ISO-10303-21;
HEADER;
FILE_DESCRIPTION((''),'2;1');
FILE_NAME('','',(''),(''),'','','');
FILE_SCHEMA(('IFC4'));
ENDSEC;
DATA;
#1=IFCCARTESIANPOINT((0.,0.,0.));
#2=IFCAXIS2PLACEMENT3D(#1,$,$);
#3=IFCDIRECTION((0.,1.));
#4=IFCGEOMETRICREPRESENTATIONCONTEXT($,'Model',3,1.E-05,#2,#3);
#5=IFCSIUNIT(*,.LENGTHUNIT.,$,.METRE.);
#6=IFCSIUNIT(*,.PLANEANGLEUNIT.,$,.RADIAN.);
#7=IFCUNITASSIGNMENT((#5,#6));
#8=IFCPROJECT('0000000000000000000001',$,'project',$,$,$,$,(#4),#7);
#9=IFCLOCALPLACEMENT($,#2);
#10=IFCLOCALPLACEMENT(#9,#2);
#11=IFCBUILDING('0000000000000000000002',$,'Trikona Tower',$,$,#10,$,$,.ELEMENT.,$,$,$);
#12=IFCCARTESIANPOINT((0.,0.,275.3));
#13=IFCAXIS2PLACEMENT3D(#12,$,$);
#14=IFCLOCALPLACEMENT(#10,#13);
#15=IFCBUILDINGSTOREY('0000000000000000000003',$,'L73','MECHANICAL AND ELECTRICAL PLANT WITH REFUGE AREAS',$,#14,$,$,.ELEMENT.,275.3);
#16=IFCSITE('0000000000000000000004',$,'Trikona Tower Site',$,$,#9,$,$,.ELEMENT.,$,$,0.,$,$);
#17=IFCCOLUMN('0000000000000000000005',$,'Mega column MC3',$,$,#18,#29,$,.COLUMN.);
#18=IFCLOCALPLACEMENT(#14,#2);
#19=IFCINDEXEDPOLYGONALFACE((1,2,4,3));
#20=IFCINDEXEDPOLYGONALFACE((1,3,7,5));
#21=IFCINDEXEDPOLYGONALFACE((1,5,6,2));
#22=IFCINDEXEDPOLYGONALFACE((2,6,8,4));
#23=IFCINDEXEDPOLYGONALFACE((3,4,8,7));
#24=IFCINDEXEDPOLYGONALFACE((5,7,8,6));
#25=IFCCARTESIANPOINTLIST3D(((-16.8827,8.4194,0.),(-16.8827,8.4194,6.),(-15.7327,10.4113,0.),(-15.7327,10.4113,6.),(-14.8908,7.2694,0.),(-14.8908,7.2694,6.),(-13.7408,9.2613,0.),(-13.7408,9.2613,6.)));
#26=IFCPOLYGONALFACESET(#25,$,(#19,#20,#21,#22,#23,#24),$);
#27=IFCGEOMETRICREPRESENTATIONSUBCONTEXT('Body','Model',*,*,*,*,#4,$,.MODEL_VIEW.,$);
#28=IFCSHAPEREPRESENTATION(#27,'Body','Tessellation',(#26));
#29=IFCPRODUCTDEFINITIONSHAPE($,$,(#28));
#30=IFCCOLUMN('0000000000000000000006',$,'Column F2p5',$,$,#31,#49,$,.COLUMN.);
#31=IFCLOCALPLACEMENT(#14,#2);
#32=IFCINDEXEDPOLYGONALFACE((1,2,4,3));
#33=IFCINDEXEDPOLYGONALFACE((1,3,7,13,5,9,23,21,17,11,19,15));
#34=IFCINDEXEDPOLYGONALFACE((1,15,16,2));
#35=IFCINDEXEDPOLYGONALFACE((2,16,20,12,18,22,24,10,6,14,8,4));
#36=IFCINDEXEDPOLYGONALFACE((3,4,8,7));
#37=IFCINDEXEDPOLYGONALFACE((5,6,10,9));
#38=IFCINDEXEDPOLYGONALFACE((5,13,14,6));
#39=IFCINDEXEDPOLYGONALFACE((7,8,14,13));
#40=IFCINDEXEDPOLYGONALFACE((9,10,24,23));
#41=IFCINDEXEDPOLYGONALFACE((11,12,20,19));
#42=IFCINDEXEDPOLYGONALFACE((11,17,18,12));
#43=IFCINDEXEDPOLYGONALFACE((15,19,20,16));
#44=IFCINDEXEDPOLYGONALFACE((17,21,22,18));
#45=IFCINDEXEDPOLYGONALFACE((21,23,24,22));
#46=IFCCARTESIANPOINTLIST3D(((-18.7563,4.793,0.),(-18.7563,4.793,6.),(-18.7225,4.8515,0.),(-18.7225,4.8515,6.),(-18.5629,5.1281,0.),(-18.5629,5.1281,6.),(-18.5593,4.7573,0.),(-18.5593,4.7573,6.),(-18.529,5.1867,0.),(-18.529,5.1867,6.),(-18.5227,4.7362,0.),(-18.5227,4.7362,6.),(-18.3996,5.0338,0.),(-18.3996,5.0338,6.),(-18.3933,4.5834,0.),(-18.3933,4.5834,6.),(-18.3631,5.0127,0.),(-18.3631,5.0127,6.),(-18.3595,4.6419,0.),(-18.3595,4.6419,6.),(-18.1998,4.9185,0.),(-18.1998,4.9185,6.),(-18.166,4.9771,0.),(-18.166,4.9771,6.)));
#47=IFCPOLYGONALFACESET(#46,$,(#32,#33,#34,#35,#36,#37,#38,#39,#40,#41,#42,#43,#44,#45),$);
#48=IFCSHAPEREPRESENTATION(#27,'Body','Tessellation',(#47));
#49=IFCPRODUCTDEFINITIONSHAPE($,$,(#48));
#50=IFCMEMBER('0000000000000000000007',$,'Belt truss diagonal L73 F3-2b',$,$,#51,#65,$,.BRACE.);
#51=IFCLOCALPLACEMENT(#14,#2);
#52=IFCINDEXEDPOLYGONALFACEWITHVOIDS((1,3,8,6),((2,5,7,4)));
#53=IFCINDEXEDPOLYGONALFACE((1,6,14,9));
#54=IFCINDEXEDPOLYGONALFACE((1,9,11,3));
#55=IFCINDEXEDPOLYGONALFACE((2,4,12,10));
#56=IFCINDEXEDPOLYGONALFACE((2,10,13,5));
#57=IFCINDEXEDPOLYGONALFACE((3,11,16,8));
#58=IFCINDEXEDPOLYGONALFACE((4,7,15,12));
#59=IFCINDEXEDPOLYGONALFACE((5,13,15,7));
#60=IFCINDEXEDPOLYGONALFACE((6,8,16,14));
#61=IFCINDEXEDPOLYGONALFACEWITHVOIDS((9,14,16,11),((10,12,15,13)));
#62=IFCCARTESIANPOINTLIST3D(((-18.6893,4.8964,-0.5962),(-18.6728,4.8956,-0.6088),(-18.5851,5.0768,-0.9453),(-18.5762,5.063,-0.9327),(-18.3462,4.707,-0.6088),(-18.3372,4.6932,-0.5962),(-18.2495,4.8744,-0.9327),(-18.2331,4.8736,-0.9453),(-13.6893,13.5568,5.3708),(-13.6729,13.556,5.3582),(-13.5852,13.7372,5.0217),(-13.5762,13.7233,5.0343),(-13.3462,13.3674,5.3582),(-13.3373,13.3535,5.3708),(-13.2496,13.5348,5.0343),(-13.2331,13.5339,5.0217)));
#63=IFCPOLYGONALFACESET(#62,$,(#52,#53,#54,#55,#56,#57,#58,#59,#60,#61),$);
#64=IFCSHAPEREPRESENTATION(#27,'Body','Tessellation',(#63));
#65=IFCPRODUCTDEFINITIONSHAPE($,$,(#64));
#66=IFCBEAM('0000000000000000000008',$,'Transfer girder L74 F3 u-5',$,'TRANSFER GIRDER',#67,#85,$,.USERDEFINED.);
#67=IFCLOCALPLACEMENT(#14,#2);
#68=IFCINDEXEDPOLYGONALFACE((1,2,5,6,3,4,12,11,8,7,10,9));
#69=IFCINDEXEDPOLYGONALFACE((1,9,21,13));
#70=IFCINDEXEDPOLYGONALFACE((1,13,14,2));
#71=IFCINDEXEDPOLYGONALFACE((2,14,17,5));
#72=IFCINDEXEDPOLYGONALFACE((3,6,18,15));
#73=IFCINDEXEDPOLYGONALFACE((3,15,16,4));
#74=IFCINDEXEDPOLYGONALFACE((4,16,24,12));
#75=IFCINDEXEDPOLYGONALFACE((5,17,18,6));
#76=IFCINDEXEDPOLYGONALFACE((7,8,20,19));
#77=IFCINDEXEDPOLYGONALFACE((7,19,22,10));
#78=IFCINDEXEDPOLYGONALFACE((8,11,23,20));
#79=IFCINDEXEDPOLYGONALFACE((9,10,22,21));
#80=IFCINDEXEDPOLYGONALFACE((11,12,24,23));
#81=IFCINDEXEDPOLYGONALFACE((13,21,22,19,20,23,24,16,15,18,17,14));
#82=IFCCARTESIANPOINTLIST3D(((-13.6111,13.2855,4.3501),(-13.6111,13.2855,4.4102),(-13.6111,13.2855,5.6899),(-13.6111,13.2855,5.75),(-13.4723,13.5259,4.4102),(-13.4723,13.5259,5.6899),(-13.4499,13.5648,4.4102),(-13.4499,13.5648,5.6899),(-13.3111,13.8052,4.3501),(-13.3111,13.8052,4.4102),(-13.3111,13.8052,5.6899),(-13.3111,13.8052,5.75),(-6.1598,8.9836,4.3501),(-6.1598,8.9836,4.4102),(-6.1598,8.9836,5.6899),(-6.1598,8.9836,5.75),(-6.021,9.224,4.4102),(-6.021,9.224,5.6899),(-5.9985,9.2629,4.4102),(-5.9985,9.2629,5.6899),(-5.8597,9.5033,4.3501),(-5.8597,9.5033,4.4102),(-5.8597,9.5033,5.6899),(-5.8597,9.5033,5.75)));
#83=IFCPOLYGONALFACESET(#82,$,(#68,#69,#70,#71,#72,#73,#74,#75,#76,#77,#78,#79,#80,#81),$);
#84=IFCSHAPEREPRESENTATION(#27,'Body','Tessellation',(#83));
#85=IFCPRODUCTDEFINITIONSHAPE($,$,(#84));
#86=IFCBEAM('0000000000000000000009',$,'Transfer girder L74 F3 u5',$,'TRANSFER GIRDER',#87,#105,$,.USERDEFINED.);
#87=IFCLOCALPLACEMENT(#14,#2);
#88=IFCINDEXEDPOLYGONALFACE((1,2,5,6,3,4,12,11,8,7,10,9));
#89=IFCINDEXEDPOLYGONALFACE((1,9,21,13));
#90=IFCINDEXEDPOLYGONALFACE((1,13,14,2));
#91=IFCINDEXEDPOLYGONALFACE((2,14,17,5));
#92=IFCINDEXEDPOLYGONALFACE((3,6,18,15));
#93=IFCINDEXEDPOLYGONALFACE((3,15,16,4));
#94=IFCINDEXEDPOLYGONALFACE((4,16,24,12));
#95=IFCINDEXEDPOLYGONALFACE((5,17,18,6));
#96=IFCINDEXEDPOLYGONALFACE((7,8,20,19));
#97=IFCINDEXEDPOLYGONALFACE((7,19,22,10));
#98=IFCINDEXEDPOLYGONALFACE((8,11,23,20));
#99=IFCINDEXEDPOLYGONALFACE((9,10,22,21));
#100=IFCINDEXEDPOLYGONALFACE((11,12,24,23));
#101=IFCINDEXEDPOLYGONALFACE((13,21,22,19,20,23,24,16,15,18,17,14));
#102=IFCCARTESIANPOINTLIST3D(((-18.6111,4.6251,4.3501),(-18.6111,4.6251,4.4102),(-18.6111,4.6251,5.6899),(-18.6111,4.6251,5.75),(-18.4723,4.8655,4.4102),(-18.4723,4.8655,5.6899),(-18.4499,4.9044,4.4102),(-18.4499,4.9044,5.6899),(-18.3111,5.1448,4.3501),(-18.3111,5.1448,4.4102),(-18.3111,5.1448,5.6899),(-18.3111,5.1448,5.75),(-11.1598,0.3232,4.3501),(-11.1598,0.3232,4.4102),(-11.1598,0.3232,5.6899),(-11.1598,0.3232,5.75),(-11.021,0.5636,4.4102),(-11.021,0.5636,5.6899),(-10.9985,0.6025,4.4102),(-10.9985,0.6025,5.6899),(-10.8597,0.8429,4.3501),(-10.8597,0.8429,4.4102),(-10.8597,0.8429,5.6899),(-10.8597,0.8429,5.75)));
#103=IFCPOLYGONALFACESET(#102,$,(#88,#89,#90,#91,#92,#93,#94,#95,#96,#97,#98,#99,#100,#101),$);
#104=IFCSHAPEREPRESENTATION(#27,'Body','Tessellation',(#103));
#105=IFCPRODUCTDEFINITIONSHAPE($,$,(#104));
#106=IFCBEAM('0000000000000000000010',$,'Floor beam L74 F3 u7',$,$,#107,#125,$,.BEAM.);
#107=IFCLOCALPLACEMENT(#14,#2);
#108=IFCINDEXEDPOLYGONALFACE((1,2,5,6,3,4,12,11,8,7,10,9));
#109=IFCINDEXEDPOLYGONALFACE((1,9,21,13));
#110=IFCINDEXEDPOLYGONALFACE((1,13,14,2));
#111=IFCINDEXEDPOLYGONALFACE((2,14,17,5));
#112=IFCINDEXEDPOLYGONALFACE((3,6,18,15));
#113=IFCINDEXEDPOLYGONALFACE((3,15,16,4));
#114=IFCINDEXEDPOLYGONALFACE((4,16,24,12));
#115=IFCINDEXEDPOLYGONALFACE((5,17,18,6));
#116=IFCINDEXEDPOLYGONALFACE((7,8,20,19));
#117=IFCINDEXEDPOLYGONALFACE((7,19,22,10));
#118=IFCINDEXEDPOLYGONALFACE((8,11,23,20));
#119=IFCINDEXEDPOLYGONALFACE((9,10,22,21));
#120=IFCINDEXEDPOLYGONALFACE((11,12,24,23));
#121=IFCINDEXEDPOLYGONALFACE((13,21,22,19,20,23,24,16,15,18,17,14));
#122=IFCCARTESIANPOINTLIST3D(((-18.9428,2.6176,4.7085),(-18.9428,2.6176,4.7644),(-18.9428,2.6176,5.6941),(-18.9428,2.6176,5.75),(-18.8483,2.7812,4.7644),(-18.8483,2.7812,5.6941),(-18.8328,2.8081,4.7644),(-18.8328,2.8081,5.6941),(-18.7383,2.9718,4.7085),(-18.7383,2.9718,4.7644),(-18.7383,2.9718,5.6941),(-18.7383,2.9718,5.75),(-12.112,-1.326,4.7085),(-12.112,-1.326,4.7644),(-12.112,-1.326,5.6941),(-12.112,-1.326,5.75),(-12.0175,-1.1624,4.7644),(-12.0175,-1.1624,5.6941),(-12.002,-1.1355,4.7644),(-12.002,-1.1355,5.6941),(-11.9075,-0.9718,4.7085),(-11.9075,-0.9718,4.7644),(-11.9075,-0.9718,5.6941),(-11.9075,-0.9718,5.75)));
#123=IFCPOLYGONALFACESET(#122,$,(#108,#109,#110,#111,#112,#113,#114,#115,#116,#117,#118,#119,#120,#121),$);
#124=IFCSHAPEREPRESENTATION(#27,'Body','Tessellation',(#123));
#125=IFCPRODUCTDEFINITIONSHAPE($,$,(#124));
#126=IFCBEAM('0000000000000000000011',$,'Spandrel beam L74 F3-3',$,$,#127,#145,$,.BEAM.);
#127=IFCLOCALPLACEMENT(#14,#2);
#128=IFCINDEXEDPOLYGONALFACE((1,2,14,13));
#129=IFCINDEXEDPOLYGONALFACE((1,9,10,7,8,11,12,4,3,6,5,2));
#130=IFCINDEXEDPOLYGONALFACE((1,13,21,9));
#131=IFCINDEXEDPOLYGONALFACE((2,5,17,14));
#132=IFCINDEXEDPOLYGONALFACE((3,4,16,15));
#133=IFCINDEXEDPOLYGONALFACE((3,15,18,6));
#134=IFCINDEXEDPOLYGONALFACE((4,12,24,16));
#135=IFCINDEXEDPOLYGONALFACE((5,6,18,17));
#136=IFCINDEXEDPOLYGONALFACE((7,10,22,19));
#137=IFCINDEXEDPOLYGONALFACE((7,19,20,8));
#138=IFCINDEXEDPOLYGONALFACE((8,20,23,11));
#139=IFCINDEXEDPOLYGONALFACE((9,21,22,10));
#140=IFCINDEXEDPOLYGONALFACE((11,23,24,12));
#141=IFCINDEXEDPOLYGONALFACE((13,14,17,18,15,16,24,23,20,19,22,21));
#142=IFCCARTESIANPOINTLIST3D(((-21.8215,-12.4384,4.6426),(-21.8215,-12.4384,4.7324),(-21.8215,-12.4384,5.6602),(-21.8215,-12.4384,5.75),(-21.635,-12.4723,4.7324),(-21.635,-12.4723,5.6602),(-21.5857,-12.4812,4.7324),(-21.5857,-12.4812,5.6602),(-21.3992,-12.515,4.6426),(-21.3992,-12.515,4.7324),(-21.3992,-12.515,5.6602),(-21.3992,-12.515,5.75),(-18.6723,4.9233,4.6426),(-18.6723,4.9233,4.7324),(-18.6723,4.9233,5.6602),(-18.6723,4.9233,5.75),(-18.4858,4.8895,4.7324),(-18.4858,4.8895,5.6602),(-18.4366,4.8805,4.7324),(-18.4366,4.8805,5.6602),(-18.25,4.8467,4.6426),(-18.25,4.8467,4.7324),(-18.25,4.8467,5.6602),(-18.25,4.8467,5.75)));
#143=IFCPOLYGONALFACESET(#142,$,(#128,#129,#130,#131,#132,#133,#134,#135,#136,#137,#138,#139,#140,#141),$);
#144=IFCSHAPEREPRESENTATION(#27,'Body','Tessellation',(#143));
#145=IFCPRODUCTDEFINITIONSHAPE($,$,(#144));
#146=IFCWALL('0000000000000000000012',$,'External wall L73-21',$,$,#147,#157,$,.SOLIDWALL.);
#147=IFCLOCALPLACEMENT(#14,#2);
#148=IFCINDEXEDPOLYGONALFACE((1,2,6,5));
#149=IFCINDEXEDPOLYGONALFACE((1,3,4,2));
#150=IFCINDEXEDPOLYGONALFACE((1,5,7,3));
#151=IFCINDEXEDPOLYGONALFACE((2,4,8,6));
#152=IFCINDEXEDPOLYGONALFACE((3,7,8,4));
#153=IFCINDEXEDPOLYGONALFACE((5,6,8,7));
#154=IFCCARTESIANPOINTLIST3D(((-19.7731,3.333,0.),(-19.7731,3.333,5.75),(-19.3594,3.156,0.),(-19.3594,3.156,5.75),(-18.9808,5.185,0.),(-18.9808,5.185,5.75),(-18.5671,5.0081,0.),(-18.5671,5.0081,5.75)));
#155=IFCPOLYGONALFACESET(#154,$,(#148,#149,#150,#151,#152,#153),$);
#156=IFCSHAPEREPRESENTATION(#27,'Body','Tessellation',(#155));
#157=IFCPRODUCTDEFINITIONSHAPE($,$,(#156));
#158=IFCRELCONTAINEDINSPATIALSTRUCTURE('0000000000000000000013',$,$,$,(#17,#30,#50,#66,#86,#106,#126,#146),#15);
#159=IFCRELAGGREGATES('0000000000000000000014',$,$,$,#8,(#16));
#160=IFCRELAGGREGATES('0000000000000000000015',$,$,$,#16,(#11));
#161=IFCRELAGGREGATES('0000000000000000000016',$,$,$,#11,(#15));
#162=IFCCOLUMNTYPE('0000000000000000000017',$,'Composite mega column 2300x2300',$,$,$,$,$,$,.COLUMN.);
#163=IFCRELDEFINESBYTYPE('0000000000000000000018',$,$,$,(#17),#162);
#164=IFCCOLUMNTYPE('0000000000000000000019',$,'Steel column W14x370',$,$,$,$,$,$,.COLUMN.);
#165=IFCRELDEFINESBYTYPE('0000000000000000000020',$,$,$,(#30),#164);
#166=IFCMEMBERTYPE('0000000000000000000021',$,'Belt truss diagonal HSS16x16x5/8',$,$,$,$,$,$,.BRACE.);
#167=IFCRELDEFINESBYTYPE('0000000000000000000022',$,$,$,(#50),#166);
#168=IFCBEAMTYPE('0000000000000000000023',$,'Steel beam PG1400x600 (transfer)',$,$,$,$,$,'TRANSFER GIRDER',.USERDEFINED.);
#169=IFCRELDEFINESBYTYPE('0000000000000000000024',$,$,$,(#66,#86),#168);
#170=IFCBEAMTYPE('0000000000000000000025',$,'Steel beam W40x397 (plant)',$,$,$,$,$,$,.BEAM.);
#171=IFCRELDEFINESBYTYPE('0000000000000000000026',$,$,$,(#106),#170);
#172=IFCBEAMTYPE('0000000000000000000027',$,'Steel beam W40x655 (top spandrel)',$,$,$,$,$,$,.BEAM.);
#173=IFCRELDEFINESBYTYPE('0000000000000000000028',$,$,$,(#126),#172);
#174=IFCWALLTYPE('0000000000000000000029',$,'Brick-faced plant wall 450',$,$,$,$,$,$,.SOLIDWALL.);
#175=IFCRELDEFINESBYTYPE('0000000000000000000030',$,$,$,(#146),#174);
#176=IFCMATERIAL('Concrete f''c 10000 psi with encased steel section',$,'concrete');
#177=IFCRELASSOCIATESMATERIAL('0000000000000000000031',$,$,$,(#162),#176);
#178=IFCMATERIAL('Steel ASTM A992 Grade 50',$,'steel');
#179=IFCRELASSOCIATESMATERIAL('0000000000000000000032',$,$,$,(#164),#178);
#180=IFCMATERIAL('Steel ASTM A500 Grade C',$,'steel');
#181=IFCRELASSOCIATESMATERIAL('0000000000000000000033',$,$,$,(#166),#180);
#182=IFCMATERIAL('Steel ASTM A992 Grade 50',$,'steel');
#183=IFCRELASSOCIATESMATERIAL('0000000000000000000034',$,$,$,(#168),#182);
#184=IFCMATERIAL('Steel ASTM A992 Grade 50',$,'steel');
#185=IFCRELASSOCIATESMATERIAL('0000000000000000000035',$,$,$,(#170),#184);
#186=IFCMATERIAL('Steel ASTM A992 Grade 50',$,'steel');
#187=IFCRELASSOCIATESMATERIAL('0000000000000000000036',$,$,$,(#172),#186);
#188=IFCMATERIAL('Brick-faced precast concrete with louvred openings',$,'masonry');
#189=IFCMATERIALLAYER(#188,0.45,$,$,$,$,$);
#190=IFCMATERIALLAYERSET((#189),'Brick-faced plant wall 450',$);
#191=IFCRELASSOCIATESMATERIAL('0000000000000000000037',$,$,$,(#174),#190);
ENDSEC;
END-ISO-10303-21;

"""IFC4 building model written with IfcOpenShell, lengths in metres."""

from ifc_helpers import new_model, si_unit, direction, frame, frame_2d, origin, origin_2d, place, context, subcontext, project, spatial, rectangle, hollow_rectangle, i_section, extrude, material, layer, layer_set, material_profile, profile_set, type_object, element, save


model = new_model("IFC4")

# Units and contexts
model_context = context("Model", 3, precision=1e-05, world=origin(), true_north=direction((0.0, 1.0)))
body_context = subcontext(model_context, "Body", "Model", "MODEL_VIEW")
ifc_project = project(units=[si_unit("LENGTHUNIT", "METRE"), si_unit("PLANEANGLEUNIT", "RADIAN")], contexts=[model_context])

# Site, building, storey
site_placement = place(None, origin())
site = spatial("IfcSite", under=ifc_project, at=site_placement, Name="Trikona Tower Site", CompositionType="ELEMENT", RefElevation=0.0)
building_placement = place(site_placement, origin())
building = spatial("IfcBuilding", under=site, at=building_placement, Name="Trikona Tower", CompositionType="ELEMENT")
storey_placement = place(building_placement, frame((0.0, 0.0, 275.3)))
storey = spatial("IfcBuildingStorey", under=building, at=storey_placement, Name="L73", Description="MECHANICAL AND ELECTRICAL PLANT WITH REFUGE AREAS", CompositionType="ELEMENT", Elevation=275.3)

# Columns
ifc_material_1 = material(Name="Concrete f'c 10000 psi with encased steel section", Category="concrete")
ifc_material_profile_1 = material_profile(ifc_material_1, rectangle(XDim=2.3, YDim=2.3, at=origin_2d()), Name="MC2300")
ifc_profile_set_1 = profile_set([ifc_material_profile_1], Name="Concrete f'c 10000 psi with encased steel section")
column_type_1 = type_object("IfcColumnType", Name="Composite mega column 2300x2300", PredefinedType="COLUMN", material=ifc_profile_set_1)
column_1_placement = place(storey_placement, frame((-15.3118, 8.8403, 0.0), z_axis=(0.0, 0.0, 1.0), x_axis=(-0.866025, 0.5, 0.0)))
element("IfcColumn", 1, at=column_1_placement, inside=storey, type_object=column_type_1, Name="Mega column MC3", PredefinedType="COLUMN", context=body_context, shape_type="SweptSolid", body=[
    extrude(rectangle(XDim=2.3, YDim=2.3, at=origin_2d()), origin(), (0.0, 0.0, 1.0), 6.0),
])
ifc_material_2 = material(Name="Steel ASTM A992 Grade 50", Category="steel")
ifc_material_profile_2 = material_profile(ifc_material_2, i_section(OverallWidth=0.4192, OverallDepth=0.4546, WebThickness=0.0422, FlangeThickness=0.0676, at=origin_2d()), Name="W14X370")
ifc_profile_set_2 = profile_set([ifc_material_profile_2], Name="Steel ASTM A992 Grade 50")
column_type_2 = type_object("IfcColumnType", Name="Steel column W14x370", PredefinedType="COLUMN", material=ifc_profile_set_2)
column_2_placement = place(storey_placement, frame((-18.4612, 4.885, 0.0), z_axis=(0.0, 0.0, 1.0), x_axis=(-0.866025, 0.5, 0.0)))
element("IfcColumn", 2, at=column_2_placement, inside=storey, type_object=column_type_2, Name="Column F2p5", PredefinedType="COLUMN", context=body_context, shape_type="SweptSolid", body=[
    extrude(i_section(OverallWidth=0.4192, OverallDepth=0.4546, WebThickness=0.0422, FlangeThickness=0.0676, at=origin_2d()), origin(), (0.0, 0.0, 1.0), 6.0),
])

# Member
ifc_material_3 = material(Name="Steel ASTM A500 Grade C", Category="steel")
ifc_material_profile_3 = material_profile(ifc_material_3, hollow_rectangle(XDim=0.4065, YDim=0.4065, WallThickness=0.0146, at=origin_2d()), Name="HSS16X16X5/8")
ifc_profile_set_3 = profile_set([ifc_material_profile_3], Name="Steel ASTM A500 Grade C")
member_type = type_object("IfcMemberType", Name="Belt truss diagonal HSS16x16x5/8", PredefinedType="BRACE", material=ifc_profile_set_3)
member_placement = place(storey_placement, frame((-18.4612, 4.885, -0.7708), z_axis=(0.429366, 0.743695, 0.512408), x_axis=(-0.866029, 0.499994, 0.0)))
element("IfcMember", 3, at=member_placement, inside=storey, type_object=member_type, Name="Belt truss diagonal L73 F3-2b", PredefinedType="BRACE", context=body_context, shape_type="SweptSolid", body=[
    extrude(hollow_rectangle(XDim=0.4065, YDim=0.4065, WallThickness=0.0146, at=origin_2d()), origin(), (0.0, 0.0, 1.0), 11.645),
])

# Beams
ifc_material_4 = material(Name="Steel ASTM A992 Grade 50", Category="steel")
ifc_material_profile_4 = material_profile(ifc_material_4, i_section(OverallWidth=0.6001, OverallDepth=1.3999, WebThickness=0.0449, FlangeThickness=0.0601, at=origin_2d()), Name="PG1400X600")
ifc_profile_set_4 = profile_set([ifc_material_profile_4], Name="Steel ASTM A992 Grade 50")
beam_type_1 = type_object("IfcBeamType", Name="Steel beam PG1400x600 (transfer)", ElementType="TRANSFER GIRDER", PredefinedType="USERDEFINED", material=ifc_profile_set_4)
for number, where, z_axis, x_axis, name in (
    (4, (-6.0098, 9.2434, 5.05), (-0.866029, 0.499993, 0.0), (-0.499993, -0.866029, 0.0), "Transfer girder L74 F3 u-5"),
    (5, (-11.0098, 0.583, 5.05), (-0.866029, 0.499993, 0.0), (-0.499993, -0.866029, 0.0), "Transfer girder L74 F3 u5"),
):
    element("IfcBeam", number, at=place(storey_placement, frame(where, z_axis=z_axis, x_axis=x_axis)), inside=storey, type_object=beam_type_1, Name=name, ObjectType="TRANSFER GIRDER", PredefinedType="USERDEFINED", context=body_context, shape_type="SweptSolid", body=[
        extrude(i_section(OverallWidth=0.6001, OverallDepth=1.3999, WebThickness=0.0449, FlangeThickness=0.0601, at=origin_2d()), origin(), (0.0, 0.0, 1.0), 8.604),
    ])
ifc_material_5 = material(Name="Steel ASTM A992 Grade 50", Category="steel")
ifc_material_profile_5 = material_profile(ifc_material_5, i_section(OverallWidth=0.4089, OverallDepth=1.0415, WebThickness=0.031, FlangeThickness=0.0559, at=origin_2d()), Name="W40X397")
ifc_profile_set_5 = profile_set([ifc_material_profile_5], Name="Steel ASTM A992 Grade 50")
beam_type_2 = type_object("IfcBeamType", Name="Steel beam W40x397 (plant)", PredefinedType="BEAM", material=ifc_profile_set_5)
beam_1_placement = place(storey_placement, frame((-12.0098, -1.1489, 5.2292), z_axis=(-0.866035, 0.499984, 0.0), x_axis=(-0.499984, -0.866035, 0.0)))
element("IfcBeam", 6, at=beam_1_placement, inside=storey, type_object=beam_type_2, Name="Floor beam L74 F3 u7", PredefinedType="BEAM", context=body_context, shape_type="SweptSolid", body=[
    extrude(i_section(OverallWidth=0.4089, OverallDepth=1.0415, WebThickness=0.031, FlangeThickness=0.0559, at=origin_2d()), origin(), (0.0, 0.0, 1.0), 7.8875),
])
ifc_material_6 = material(Name="Steel ASTM A992 Grade 50", Category="steel")
ifc_material_profile_6 = material_profile(ifc_material_6, i_section(OverallWidth=0.4292, OverallDepth=1.1074, WebThickness=0.05, FlangeThickness=0.0898, at=origin_2d()), Name="W40X655")
ifc_profile_set_6 = profile_set([ifc_material_profile_6], Name="Steel ASTM A992 Grade 50")
beam_type_3 = type_object("IfcBeamType", Name="Steel beam W40x655 (top spandrel)", PredefinedType="BEAM", material=ifc_profile_set_6)
beam_2_placement = place(storey_placement, frame((-18.4612, 4.885, 5.1963), z_axis=(-0.178473, -0.983945, 0.0), x_axis=(0.983945, -0.178473, 0.0)))
element("IfcBeam", 7, at=beam_2_placement, inside=storey, type_object=beam_type_3, Name="Spandrel beam L74 F3-3", PredefinedType="BEAM", context=body_context, shape_type="SweptSolid", body=[
    extrude(i_section(OverallWidth=0.4292, OverallDepth=1.1074, WebThickness=0.05, FlangeThickness=0.0898, at=origin_2d()), origin(), (0.0, 0.0, 1.0), 17.645),
])

# Wall
ifc_material_7 = material(Name="Brick-faced precast concrete with louvred openings", Category="masonry")
ifc_layer_1 = layer(ifc_material_7, 0.45)
ifc_layer_set_1 = layer_set([ifc_layer_1], Name="Brick-faced plant wall 450")
wall_type_1 = type_object("IfcWallType", Name="Brick-faced plant wall 450", PredefinedType="SOLIDWALL", material=ifc_layer_set_1)
wall_1_placement = place(storey_placement, frame((-18.7739, 5.0967, 0.0), z_axis=(0.0, 0.0, 1.0), x_axis=(-0.39329, -0.919414, 0.0)))
element("IfcWall", 8, at=wall_1_placement, inside=storey, type_object=wall_type_1, Name="External wall L73-21", PredefinedType="SOLIDWALL", context=body_context, shape_type="SweptSolid", body=[
    extrude(rectangle(XDim=2.0144, YDim=0.45, at=frame_2d((1.0073, 0.0))), origin(), (0.0, 0.0, 1.0), 5.75),
])

save(model, "model.ifc")
